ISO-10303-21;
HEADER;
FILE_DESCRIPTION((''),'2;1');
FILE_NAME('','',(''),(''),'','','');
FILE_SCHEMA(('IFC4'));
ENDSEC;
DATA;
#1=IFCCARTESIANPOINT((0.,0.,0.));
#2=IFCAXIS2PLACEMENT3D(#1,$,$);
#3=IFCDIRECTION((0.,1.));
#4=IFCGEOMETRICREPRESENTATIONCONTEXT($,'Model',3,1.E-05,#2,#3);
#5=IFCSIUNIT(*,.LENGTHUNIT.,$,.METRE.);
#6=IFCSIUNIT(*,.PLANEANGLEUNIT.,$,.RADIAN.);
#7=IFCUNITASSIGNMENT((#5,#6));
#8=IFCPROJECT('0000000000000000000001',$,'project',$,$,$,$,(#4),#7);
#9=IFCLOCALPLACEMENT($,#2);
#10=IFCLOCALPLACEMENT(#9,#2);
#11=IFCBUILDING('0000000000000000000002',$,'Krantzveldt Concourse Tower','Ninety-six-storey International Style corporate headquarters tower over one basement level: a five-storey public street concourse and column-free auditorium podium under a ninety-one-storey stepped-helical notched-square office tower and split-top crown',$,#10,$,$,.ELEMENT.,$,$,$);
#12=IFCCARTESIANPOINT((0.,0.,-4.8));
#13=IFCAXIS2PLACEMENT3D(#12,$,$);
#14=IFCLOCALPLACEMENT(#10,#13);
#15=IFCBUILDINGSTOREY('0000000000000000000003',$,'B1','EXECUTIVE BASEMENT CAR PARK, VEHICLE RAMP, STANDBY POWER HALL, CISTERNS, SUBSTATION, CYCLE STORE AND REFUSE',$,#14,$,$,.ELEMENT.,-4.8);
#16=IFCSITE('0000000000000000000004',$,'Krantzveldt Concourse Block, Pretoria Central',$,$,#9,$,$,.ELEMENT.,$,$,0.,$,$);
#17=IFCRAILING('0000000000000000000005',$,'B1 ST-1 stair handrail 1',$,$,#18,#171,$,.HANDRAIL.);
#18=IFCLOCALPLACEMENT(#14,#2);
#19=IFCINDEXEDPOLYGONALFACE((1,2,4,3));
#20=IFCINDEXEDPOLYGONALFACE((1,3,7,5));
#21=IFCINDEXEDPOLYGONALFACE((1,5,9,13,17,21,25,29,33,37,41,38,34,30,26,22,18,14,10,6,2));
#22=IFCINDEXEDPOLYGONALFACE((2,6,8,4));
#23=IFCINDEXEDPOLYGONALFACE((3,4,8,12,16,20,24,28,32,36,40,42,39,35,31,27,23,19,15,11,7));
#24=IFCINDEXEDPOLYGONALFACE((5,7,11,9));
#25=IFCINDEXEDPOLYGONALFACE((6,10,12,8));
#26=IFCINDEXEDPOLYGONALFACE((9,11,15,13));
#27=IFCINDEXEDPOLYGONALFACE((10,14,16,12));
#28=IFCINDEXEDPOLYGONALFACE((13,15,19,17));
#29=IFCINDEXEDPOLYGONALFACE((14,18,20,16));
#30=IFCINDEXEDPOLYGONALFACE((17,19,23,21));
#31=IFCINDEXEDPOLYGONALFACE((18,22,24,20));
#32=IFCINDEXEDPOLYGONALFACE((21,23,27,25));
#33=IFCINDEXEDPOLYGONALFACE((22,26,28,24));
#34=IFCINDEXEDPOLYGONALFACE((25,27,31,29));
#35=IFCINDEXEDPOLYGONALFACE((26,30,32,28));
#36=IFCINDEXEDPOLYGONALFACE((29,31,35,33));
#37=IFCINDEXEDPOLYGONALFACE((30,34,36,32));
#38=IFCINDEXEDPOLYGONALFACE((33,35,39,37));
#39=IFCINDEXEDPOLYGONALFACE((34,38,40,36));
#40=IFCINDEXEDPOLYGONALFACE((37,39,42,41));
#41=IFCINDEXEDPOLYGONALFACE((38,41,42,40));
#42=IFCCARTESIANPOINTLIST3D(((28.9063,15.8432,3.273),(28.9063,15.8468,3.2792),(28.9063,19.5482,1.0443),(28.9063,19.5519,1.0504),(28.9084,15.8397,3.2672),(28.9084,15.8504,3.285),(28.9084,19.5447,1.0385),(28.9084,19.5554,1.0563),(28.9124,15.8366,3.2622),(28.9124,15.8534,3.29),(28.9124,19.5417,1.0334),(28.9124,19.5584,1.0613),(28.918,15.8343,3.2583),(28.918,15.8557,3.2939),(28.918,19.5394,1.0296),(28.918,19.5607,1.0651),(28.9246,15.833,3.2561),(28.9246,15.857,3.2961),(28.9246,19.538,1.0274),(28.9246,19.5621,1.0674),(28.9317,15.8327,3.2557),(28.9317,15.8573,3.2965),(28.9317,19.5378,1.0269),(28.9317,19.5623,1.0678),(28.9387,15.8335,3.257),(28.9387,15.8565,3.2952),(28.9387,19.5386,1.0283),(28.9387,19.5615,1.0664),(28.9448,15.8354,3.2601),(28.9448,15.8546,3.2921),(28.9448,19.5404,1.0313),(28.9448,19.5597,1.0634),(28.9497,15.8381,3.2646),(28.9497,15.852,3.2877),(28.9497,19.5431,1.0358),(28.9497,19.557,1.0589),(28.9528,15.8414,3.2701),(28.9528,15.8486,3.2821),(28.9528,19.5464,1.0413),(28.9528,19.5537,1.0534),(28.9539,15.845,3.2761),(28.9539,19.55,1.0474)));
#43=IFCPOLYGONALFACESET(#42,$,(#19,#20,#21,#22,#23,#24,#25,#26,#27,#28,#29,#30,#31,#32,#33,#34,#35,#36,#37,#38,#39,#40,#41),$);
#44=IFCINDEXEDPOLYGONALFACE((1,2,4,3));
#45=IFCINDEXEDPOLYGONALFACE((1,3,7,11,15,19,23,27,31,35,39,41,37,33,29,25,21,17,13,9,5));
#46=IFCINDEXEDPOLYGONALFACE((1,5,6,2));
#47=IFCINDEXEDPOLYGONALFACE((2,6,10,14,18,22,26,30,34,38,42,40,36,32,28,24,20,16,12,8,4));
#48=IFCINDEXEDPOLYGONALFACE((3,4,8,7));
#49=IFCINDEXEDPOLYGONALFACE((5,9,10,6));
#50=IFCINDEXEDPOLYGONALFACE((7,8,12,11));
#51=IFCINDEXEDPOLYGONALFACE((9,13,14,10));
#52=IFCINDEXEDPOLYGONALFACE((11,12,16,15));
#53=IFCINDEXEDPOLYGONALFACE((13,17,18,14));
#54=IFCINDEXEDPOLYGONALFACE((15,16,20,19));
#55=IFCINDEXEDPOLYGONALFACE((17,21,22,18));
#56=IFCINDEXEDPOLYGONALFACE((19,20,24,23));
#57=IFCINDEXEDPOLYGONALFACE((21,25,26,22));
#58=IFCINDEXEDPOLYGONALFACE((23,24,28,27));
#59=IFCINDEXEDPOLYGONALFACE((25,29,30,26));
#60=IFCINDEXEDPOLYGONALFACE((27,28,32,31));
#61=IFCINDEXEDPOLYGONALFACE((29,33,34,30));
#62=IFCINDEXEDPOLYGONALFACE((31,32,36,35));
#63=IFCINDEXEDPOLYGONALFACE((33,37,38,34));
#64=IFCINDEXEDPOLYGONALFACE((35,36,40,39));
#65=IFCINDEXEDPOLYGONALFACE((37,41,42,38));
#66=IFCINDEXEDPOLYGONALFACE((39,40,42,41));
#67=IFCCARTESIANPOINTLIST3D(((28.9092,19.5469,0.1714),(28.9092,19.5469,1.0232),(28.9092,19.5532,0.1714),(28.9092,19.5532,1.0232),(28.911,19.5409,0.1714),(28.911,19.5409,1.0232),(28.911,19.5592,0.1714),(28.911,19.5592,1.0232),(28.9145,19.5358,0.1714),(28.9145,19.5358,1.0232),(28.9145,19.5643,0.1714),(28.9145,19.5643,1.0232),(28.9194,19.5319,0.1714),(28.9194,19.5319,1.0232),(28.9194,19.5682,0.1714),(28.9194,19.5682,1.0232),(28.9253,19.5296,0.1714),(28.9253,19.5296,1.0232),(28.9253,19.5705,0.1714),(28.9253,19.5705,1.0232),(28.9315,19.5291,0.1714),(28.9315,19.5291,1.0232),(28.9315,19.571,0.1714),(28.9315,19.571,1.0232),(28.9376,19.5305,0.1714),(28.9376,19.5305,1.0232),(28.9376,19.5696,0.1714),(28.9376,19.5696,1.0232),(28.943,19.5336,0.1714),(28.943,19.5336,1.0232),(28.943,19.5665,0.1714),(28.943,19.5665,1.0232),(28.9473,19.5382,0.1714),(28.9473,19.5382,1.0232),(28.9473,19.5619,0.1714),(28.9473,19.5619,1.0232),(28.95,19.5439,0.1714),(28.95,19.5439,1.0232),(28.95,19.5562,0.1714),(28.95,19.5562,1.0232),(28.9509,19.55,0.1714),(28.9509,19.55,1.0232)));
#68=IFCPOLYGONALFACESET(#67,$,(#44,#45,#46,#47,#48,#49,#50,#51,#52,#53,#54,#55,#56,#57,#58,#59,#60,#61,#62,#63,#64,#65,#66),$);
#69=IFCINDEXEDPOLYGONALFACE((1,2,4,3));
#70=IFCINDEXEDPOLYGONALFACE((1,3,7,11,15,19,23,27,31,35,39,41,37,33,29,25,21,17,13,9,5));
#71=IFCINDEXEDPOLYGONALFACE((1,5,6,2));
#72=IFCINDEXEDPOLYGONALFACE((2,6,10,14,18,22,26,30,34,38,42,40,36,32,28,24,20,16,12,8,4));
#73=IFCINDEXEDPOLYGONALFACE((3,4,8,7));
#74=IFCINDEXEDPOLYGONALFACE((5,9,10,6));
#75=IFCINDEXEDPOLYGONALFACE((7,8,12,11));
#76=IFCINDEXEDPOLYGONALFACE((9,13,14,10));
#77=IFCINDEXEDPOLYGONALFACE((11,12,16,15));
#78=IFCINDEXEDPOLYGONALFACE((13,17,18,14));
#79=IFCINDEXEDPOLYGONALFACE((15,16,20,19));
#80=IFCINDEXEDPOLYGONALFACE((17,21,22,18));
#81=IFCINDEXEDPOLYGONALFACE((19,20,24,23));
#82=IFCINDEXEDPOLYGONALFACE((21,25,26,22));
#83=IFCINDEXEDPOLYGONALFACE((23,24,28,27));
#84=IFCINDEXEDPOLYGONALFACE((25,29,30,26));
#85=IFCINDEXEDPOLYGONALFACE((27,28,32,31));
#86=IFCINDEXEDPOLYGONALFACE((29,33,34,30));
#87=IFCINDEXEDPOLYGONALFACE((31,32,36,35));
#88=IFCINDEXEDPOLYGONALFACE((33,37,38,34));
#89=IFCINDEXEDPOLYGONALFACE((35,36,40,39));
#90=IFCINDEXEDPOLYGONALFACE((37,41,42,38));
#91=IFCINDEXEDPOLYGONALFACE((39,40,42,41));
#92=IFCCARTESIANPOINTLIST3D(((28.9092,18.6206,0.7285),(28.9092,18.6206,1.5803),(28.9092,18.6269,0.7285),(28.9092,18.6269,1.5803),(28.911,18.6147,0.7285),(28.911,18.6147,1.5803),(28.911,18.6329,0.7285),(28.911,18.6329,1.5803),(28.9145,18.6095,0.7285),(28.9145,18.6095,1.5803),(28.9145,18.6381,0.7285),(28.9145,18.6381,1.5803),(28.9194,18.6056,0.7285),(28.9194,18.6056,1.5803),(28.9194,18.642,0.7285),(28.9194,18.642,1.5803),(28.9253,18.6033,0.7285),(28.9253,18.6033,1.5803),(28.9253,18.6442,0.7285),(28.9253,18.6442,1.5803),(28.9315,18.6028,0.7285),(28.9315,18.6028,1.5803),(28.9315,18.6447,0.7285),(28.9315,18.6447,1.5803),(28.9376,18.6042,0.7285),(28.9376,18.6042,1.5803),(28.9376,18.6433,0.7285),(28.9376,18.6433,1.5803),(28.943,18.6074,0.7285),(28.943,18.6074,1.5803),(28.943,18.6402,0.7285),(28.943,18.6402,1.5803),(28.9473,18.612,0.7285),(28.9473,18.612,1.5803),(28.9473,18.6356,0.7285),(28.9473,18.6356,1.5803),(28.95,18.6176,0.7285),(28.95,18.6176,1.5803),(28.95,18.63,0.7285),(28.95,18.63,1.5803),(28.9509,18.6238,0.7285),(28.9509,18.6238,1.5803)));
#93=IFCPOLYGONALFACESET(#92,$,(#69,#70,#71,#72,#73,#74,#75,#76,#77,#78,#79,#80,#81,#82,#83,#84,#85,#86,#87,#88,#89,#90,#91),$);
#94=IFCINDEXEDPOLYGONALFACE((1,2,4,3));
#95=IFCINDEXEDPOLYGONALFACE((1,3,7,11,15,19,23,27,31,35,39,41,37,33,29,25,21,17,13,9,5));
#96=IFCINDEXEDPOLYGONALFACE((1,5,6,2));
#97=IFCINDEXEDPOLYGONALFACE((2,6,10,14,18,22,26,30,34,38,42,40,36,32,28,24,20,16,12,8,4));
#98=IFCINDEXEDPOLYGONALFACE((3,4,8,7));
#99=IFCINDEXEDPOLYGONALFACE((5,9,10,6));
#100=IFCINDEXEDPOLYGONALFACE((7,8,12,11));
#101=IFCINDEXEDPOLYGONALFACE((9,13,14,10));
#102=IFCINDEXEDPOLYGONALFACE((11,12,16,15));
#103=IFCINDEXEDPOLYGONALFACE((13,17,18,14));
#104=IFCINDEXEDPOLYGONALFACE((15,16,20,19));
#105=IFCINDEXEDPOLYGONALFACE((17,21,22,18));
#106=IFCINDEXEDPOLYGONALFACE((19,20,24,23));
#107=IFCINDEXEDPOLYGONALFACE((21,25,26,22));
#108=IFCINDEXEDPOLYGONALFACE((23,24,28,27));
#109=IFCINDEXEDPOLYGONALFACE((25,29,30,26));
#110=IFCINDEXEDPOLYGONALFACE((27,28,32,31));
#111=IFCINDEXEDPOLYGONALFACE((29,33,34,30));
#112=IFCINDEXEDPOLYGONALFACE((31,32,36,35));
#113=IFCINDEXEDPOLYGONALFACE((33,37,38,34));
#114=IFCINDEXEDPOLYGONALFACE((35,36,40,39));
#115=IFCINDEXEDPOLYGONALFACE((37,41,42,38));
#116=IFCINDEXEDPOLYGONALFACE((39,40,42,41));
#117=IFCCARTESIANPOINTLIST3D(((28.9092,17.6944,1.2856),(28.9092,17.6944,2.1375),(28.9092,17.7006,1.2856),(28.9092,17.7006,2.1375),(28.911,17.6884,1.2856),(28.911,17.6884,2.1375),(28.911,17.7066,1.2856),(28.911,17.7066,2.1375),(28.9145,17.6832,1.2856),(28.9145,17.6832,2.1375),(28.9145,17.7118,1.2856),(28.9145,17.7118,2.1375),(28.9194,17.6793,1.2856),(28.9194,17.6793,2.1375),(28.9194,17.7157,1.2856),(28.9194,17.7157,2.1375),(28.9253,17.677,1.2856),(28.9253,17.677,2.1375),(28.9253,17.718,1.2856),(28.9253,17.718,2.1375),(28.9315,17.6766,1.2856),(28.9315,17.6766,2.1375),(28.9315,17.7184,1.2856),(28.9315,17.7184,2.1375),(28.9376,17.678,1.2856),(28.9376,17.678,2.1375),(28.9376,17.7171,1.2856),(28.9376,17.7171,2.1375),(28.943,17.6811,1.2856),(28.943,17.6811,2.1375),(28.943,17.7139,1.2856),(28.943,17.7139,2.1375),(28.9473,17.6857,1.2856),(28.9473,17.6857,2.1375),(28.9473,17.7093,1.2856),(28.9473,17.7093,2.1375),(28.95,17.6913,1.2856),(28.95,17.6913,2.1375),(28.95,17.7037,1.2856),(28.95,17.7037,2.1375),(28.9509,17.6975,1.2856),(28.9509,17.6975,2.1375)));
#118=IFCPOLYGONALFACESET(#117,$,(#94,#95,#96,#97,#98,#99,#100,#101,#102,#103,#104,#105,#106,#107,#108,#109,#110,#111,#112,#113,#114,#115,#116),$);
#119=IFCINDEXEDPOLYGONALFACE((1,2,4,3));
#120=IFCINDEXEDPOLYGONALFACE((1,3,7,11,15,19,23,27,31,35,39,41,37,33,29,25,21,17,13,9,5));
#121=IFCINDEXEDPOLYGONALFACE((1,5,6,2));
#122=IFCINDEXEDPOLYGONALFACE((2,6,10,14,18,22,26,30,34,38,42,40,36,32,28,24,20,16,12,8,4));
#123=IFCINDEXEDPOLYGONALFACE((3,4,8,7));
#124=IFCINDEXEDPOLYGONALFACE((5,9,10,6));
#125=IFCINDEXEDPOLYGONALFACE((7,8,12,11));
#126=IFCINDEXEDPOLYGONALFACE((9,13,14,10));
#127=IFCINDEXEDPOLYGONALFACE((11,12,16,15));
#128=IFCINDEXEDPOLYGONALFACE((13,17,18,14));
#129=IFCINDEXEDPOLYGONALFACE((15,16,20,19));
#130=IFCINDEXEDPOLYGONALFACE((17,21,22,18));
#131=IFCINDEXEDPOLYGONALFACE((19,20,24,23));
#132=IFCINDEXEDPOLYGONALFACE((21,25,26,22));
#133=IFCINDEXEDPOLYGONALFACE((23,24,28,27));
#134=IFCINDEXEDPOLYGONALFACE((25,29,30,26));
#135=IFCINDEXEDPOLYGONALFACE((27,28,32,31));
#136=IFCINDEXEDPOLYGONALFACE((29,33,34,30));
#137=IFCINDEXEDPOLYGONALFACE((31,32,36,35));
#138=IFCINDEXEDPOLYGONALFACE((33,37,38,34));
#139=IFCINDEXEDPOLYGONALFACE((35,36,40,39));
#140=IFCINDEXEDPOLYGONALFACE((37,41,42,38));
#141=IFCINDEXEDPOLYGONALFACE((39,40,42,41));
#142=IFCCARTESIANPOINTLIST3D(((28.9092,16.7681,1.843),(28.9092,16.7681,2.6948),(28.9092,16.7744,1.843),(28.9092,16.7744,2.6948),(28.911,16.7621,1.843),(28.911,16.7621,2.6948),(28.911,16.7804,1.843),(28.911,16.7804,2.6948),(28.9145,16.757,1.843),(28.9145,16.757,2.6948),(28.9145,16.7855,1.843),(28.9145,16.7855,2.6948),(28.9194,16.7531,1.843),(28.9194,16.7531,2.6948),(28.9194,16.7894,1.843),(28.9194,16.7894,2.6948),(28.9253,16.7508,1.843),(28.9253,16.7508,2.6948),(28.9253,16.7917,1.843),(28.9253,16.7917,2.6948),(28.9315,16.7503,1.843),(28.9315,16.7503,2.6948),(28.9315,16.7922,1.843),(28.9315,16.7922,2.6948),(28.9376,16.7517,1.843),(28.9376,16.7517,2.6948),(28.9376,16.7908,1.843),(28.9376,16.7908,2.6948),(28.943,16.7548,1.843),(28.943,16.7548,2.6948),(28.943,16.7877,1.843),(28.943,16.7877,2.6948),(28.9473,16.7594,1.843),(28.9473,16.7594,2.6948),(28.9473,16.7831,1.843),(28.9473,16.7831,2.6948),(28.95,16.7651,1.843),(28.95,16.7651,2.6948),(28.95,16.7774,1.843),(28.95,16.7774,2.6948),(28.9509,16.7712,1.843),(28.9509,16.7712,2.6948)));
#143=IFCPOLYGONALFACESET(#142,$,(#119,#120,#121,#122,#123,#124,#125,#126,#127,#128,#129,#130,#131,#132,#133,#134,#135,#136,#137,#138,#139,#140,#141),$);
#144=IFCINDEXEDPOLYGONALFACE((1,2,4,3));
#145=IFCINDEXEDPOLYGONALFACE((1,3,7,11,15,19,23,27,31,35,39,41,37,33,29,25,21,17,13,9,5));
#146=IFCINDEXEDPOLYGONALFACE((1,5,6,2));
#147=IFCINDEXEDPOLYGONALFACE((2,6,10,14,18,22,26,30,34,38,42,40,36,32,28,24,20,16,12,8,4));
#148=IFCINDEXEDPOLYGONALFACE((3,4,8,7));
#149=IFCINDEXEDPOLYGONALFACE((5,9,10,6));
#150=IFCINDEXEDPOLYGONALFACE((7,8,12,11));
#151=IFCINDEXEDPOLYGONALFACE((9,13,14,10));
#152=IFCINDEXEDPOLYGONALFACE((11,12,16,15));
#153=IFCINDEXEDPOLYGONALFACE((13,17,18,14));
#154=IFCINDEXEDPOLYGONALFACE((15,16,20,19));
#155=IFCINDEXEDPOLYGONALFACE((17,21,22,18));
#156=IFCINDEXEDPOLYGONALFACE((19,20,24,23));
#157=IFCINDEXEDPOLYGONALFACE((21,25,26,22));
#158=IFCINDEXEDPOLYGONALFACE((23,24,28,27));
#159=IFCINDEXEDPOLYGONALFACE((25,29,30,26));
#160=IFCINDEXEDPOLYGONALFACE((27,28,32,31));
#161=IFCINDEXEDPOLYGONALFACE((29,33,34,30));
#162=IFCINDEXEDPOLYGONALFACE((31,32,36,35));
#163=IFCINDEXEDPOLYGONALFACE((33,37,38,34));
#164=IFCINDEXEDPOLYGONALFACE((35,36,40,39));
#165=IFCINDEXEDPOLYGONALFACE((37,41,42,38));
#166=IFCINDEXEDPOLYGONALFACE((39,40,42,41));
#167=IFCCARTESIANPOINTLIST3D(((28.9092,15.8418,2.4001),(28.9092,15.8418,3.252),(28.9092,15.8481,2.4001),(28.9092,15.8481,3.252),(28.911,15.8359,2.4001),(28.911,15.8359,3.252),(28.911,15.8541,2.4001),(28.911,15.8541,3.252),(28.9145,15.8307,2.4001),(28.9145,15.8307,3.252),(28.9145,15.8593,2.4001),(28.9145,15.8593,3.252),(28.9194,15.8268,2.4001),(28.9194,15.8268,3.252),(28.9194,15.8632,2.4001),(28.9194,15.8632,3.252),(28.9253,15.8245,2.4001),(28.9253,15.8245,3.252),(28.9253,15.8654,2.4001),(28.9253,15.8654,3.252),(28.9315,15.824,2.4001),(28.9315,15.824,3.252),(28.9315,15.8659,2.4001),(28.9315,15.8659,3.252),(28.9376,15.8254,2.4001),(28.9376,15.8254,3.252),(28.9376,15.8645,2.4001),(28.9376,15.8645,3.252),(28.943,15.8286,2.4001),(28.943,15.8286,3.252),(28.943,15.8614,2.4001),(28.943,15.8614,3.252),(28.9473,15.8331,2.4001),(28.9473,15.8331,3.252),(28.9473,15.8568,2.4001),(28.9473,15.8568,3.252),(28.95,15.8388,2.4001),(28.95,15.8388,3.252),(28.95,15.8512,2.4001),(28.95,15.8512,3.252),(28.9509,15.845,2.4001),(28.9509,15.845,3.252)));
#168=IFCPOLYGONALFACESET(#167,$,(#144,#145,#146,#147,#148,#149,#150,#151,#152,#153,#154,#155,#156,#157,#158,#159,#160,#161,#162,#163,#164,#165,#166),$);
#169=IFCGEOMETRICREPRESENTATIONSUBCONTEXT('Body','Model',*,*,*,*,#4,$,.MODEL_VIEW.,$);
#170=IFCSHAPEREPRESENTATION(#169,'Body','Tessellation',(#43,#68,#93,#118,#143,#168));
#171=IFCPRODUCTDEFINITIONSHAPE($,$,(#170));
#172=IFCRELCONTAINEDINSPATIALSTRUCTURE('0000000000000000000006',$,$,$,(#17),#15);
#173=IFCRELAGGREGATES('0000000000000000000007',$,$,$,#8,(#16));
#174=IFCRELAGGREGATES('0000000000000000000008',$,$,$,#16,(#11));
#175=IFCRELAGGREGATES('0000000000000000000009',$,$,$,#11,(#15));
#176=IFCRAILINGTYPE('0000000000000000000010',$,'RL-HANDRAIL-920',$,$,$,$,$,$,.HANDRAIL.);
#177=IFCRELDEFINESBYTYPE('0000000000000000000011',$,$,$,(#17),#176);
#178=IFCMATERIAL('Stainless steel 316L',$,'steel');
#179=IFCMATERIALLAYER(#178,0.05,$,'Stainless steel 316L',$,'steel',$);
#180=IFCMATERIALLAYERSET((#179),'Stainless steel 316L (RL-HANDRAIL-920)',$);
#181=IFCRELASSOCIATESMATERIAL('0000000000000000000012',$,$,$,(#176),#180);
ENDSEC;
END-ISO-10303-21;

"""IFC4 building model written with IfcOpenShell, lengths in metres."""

from ifc_helpers import new_model, si_unit, direction, frame, origin, origin_2d, place, context, subcontext, project, spatial, circle, extrude, material, layer, layer_set, type_object, element, save


model = new_model("IFC4")

# Units and contexts
model_context = context("Model", 3, precision=1e-05, world=origin(), true_north=direction((0.0, 1.0)))
body_context = subcontext(model_context, "Body", "Model", "MODEL_VIEW")
ifc_project = project(units=[si_unit("LENGTHUNIT", "METRE"), si_unit("PLANEANGLEUNIT", "RADIAN")], contexts=[model_context])

# Site, building, storey
site_placement = place(None, origin())
site = spatial("IfcSite", under=ifc_project, at=site_placement, Name="Krantzveldt Concourse Block, Pretoria Central", CompositionType="ELEMENT", RefElevation=0.0)
building_placement = place(site_placement, origin())
building = spatial("IfcBuilding", under=site, at=building_placement, Name="Krantzveldt Concourse Tower", Description="Ninety-six-storey International Style corporate headquarters tower over one basement level: a five-storey public street concourse and column-free auditorium podium under a ninety-one-storey stepped-helical notched-square office tower and split-top crown", CompositionType="ELEMENT")
storey_placement = place(building_placement, frame((0.0, 0.0, -4.8)))
storey = spatial("IfcBuildingStorey", under=building, at=storey_placement, Name="B1", Description="EXECUTIVE BASEMENT CAR PARK, VEHICLE RAMP, STANDBY POWER HALL, CISTERNS, SUBSTATION, CYCLE STORE AND REFUSE", CompositionType="ELEMENT", Elevation=-4.8)

# Railing
ifc_material_1 = material(Name="Stainless steel 316L", Category="steel")
ifc_layer_1 = layer(ifc_material_1, 0.05, Name="Stainless steel 316L", Category="steel")
ifc_layer_set_1 = layer_set([ifc_layer_1], Name="Stainless steel 316L (RL-HANDRAIL-920)")
railing_type_1 = type_object("IfcRailingType", Name="RL-HANDRAIL-920", PredefinedType="HANDRAIL", material=ifc_layer_set_1)
railing_1_placement = place(storey_placement, frame((28.9299, 19.55, 0.1714)))
element("IfcRailing", 1, at=railing_1_placement, inside=storey, type_object=railing_type_1, Name="B1 ST-1 stair handrail 1", PredefinedType="HANDRAIL", context=body_context, shape_type="SweptSolid", body=[
    extrude(circle(Radius=0.0239, at=origin_2d()), frame((0.0, 0.0, 0.876), z_axis=(0.0, -0.856909, 0.515467), x_axis=(1.0, 0.0, 0.0)), (0.0, 0.0, 1.0), 4.3237),
    extrude(circle(Radius=0.021, at=origin_2d()), origin(), (0.0, 0.0, 1.0), 0.8518),
    extrude(circle(Radius=0.021, at=origin_2d()), frame((0.0, -0.9263, 0.5571)), (0.0, 0.0, 1.0), 0.8518),
    extrude(circle(Radius=0.021, at=origin_2d()), frame((0.0, -1.8525, 1.1143)), (0.0, 0.0, 1.0), 0.8518),
    extrude(circle(Radius=0.021, at=origin_2d()), frame((0.0, -2.7788, 1.6716)), (0.0, 0.0, 1.0), 0.8518),
    extrude(circle(Radius=0.021, at=origin_2d()), frame((0.0, -3.7051, 2.2288)), (0.0, 0.0, 1.0), 0.8518),
])

save(model, "model.ifc")
